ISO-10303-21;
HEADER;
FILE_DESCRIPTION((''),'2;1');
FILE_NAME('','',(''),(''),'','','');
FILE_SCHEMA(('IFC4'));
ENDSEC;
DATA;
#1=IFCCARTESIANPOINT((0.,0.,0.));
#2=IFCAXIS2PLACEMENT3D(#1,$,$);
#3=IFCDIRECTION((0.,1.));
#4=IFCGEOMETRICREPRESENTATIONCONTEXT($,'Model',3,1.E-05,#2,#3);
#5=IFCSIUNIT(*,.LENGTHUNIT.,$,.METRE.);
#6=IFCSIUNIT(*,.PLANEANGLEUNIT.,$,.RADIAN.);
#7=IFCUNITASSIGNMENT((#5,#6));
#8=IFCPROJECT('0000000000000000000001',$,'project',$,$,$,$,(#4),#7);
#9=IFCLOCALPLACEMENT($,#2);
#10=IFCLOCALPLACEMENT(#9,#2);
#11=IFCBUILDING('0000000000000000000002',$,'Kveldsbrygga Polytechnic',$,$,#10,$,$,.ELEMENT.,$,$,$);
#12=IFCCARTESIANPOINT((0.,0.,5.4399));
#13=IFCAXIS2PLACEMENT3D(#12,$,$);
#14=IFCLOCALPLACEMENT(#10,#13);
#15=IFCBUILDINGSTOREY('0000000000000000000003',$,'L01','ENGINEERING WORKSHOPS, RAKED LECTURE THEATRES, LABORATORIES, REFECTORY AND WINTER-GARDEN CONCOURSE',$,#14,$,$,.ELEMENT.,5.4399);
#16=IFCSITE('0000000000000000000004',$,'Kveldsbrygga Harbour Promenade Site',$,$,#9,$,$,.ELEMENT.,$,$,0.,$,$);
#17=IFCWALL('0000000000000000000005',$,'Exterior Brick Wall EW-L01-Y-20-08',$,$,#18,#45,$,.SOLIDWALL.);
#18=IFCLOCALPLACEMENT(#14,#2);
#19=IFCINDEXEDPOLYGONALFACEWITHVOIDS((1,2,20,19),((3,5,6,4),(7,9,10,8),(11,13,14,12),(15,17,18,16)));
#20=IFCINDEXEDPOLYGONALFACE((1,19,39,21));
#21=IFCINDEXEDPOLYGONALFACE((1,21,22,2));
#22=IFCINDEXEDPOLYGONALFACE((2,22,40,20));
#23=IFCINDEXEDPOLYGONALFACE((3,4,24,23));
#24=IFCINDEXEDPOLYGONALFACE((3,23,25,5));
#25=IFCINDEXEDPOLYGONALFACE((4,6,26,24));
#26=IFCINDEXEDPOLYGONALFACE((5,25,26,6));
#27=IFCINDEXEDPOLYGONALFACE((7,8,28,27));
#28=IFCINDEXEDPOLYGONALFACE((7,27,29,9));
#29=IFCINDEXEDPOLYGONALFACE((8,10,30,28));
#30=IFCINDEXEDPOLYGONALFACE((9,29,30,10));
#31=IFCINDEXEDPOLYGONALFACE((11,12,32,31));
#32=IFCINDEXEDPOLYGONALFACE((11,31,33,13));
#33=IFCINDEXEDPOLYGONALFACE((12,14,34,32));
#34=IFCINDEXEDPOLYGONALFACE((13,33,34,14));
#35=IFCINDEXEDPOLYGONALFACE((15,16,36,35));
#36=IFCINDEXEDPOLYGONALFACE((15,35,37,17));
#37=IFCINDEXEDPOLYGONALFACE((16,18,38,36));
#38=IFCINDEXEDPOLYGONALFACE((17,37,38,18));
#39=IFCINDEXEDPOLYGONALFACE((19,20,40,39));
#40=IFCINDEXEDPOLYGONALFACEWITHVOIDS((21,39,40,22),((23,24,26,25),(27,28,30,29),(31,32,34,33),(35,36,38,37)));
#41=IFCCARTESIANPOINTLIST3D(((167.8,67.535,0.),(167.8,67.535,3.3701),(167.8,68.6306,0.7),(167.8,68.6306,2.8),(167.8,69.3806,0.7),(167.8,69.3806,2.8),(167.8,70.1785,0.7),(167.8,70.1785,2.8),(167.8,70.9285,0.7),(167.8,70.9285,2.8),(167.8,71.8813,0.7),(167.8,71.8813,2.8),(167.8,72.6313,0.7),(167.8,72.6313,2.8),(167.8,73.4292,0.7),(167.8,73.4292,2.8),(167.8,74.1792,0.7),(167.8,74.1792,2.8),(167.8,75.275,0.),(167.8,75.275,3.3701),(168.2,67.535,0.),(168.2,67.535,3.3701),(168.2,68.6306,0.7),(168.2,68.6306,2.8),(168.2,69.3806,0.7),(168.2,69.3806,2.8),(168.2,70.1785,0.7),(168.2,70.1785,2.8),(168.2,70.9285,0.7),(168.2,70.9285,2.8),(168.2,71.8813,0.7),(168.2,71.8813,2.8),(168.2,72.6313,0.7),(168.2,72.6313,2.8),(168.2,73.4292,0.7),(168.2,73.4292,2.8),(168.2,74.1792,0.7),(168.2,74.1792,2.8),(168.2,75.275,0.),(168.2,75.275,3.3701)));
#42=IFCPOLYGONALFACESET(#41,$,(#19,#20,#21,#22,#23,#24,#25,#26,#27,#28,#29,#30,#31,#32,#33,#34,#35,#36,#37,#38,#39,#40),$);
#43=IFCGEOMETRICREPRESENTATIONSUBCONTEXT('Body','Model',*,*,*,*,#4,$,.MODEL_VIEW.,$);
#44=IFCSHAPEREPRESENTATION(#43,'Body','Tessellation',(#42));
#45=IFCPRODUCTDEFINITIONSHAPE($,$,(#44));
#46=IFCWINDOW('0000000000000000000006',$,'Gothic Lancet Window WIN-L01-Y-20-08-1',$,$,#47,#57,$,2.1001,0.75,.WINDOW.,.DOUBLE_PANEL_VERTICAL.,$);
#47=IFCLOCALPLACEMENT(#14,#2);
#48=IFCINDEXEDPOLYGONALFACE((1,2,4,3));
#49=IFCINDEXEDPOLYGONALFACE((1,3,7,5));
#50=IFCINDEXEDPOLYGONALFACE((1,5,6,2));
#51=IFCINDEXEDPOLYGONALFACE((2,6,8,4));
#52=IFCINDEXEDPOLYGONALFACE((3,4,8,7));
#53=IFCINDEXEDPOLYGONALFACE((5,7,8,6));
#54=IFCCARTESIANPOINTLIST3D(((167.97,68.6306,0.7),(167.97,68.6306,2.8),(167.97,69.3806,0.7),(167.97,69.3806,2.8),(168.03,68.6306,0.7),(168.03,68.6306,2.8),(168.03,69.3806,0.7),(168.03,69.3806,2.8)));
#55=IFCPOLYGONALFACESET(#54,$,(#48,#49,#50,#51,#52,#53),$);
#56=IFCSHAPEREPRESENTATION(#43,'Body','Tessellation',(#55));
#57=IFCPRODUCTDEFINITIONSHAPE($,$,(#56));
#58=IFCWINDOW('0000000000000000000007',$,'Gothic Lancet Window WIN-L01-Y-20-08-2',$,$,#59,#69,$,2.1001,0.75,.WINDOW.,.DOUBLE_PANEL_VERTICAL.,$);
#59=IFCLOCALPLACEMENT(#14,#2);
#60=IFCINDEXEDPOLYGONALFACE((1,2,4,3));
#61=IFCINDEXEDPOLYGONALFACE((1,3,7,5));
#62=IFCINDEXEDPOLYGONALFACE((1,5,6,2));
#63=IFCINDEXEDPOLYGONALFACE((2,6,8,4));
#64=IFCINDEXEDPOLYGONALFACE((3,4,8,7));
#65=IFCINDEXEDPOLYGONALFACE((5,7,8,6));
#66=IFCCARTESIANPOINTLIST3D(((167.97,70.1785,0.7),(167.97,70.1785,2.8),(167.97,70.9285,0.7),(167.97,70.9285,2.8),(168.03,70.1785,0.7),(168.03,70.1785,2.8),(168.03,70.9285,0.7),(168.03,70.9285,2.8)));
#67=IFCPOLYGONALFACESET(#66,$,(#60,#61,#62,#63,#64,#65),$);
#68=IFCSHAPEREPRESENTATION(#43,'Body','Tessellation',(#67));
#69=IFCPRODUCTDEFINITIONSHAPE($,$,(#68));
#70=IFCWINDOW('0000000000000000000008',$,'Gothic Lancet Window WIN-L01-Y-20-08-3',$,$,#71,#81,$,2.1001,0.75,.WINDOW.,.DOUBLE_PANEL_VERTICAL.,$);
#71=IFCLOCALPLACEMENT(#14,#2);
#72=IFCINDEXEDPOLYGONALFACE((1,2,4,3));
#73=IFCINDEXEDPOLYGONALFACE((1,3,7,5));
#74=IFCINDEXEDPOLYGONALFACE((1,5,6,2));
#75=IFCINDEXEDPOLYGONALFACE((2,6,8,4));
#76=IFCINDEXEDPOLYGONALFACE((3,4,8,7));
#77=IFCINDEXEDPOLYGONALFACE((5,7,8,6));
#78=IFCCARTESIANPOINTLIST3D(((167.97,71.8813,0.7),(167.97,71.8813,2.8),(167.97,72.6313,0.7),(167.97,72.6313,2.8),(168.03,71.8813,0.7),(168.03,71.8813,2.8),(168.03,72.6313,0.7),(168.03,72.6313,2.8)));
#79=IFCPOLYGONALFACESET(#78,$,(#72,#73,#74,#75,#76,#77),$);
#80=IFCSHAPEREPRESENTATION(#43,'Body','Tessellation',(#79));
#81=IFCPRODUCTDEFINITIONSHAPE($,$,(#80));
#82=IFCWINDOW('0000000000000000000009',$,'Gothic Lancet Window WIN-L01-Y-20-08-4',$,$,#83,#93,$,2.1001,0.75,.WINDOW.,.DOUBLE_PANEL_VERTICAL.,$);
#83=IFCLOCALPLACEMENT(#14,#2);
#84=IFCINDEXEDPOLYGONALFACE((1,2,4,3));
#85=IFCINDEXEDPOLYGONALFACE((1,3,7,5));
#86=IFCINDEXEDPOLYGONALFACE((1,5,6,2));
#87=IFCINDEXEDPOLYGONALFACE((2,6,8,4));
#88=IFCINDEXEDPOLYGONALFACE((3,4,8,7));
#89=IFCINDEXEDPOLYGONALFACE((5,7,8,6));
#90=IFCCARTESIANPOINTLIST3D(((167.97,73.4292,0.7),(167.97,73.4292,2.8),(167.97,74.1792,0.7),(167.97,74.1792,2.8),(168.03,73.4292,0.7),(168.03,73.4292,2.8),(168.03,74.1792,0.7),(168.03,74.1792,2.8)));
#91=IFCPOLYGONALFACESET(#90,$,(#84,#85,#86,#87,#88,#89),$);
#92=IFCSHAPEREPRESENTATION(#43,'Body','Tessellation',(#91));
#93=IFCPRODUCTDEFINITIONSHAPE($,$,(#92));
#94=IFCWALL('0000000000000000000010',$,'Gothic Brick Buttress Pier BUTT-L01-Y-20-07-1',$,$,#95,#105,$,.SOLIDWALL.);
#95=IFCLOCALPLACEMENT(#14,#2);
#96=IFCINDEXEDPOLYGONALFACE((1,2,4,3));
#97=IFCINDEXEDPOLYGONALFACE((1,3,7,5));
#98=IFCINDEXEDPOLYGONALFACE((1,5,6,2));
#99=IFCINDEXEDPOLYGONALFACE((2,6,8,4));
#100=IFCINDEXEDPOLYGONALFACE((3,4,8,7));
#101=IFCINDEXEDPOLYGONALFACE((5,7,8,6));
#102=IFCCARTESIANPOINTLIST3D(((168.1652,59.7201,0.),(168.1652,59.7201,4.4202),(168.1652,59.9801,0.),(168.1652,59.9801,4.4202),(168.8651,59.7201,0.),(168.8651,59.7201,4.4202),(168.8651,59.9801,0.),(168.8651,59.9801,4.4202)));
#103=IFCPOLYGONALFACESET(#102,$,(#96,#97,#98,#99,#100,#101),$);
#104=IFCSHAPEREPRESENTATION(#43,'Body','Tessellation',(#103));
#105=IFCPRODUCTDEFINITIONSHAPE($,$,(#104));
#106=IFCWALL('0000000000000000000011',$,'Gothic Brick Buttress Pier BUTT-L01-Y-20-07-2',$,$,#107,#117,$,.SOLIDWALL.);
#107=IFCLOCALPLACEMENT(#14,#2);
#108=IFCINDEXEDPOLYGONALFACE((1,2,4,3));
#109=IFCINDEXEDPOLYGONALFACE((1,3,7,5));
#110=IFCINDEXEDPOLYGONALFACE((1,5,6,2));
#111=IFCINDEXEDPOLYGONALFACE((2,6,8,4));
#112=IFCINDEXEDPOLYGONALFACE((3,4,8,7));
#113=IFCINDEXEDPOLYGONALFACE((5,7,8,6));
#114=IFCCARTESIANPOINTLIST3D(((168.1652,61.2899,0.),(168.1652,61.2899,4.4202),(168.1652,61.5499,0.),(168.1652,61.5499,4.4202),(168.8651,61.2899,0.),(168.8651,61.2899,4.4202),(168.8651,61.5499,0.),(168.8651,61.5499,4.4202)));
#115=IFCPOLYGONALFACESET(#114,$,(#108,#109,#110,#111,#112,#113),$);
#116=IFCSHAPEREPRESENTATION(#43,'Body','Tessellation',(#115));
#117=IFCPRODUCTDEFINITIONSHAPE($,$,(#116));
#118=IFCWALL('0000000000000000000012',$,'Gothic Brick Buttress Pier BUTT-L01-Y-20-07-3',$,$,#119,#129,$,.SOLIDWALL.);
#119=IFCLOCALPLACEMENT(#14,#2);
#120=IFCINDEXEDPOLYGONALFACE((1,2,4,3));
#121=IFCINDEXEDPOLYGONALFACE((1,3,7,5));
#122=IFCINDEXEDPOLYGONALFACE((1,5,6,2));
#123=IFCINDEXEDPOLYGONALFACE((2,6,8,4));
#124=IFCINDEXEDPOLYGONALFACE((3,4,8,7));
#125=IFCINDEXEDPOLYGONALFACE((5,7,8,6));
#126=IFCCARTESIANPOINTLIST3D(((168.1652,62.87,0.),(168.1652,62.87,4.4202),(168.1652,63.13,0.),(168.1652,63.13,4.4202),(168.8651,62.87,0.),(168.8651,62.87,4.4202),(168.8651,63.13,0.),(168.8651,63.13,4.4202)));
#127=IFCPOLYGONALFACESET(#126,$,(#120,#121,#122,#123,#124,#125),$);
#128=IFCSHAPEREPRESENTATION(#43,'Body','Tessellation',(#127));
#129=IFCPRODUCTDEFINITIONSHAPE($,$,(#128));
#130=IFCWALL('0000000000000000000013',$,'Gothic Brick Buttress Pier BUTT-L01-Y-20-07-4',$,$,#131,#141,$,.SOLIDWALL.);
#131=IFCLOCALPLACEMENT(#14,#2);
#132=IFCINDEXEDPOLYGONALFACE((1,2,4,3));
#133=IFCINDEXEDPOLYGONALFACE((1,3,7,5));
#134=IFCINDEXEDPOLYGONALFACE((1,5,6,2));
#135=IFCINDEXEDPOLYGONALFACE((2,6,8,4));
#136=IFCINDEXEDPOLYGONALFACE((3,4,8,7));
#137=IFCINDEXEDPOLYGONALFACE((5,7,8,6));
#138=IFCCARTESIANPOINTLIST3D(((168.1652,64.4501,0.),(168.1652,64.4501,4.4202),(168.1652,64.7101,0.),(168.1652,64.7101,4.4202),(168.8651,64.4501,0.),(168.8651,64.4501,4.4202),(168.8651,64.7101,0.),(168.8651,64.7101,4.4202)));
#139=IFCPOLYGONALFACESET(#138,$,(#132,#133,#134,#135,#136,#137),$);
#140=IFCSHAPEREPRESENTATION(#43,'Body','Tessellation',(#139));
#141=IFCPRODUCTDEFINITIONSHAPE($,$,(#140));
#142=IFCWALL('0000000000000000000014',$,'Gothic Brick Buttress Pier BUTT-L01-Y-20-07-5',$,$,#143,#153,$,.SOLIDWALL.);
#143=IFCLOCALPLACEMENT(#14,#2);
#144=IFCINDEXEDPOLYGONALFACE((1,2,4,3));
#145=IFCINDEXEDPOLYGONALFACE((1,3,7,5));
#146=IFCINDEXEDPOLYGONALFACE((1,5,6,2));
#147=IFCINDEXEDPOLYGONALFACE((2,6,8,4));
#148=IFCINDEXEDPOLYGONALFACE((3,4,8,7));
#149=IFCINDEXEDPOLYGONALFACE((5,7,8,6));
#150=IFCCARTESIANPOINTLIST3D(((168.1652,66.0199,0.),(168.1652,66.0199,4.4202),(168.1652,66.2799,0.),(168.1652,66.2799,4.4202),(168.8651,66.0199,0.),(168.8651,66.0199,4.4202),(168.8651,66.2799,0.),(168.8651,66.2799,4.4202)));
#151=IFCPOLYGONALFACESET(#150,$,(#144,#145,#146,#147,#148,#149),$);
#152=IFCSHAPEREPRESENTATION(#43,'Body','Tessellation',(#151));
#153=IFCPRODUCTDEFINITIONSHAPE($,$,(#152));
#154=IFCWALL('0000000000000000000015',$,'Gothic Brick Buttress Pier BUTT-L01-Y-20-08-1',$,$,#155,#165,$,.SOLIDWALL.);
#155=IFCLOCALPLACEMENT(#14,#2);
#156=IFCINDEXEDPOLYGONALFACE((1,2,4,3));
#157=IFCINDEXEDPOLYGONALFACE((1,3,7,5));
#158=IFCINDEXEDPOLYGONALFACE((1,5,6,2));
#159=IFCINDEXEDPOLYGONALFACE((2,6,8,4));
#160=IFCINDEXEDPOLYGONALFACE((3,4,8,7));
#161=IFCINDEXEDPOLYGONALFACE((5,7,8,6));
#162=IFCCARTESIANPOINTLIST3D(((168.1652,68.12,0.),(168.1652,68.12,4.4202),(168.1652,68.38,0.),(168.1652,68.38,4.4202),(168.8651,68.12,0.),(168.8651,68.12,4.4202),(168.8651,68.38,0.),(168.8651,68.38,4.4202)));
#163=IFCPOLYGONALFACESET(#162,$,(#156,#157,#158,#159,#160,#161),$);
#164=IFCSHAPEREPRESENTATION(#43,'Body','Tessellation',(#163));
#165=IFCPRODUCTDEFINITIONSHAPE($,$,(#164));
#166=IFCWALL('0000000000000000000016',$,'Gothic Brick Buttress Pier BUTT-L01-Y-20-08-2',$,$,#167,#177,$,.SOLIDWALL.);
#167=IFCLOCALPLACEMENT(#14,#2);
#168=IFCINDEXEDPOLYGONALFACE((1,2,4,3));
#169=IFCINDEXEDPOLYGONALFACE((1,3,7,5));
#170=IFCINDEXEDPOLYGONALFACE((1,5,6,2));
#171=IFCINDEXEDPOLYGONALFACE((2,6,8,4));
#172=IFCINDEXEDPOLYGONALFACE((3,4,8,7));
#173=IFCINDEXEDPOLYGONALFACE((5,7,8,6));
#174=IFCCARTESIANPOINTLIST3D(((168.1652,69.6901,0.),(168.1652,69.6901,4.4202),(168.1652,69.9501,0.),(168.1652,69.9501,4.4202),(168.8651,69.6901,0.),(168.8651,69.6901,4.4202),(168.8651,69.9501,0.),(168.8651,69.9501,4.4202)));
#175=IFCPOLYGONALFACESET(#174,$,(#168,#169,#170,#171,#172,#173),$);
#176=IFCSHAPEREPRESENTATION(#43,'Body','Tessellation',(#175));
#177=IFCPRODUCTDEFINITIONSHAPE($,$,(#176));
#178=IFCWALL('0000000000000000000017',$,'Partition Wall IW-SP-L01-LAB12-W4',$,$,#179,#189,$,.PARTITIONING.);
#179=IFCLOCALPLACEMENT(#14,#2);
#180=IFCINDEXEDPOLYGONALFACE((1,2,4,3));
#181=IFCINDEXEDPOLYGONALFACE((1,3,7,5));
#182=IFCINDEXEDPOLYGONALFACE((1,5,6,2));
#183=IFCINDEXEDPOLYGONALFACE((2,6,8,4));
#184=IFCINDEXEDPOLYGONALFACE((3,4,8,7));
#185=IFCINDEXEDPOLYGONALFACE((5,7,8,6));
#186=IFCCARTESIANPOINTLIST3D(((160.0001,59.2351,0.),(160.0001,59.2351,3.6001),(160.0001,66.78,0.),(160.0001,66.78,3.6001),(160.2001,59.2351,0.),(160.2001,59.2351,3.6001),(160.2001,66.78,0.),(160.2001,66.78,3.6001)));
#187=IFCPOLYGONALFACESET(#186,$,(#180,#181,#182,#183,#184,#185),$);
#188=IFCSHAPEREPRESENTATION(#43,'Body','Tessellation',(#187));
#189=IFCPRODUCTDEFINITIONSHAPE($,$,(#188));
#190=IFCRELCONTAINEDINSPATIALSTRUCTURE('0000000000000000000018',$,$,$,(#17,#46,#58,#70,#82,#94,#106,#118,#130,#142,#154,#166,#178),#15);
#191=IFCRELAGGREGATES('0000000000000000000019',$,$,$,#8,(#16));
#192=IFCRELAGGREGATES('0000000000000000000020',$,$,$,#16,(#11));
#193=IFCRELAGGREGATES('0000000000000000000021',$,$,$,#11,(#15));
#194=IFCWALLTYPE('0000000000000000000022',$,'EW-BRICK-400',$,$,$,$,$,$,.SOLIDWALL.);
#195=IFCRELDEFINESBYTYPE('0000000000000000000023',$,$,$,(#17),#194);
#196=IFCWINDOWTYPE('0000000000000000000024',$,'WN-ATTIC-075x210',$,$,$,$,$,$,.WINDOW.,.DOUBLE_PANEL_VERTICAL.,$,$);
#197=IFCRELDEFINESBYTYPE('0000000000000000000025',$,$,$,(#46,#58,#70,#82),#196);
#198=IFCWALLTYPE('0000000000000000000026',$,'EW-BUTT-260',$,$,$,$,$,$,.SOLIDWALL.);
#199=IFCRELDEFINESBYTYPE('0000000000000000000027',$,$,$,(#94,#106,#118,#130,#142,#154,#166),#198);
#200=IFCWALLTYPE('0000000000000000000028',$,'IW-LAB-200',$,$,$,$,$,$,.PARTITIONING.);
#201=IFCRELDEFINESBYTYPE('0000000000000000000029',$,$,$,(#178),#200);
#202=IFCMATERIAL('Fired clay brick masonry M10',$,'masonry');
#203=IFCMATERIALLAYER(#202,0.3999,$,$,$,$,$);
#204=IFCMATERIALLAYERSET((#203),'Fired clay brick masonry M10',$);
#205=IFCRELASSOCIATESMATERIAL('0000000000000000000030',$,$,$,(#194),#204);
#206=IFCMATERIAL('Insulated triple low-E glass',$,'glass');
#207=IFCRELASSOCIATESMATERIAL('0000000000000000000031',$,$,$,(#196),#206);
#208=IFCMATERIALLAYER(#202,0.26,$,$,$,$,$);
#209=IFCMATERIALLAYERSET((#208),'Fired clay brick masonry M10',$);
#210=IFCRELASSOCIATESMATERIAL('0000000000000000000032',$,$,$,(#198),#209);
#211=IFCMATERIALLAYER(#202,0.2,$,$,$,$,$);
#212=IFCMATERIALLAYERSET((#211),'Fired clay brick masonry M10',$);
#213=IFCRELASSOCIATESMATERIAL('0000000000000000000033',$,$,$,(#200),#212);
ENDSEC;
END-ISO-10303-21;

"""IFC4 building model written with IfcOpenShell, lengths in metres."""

from ifc_helpers import new_model, si_unit, direction, frame, frame_2d, origin, place, context, subcontext, project, spatial, rectangle, extrude, material, layer, layer_set, type_object, element, fill, save


model = new_model("IFC4")

# Units and contexts
model_context = context("Model", 3, precision=1e-05, world=origin(), true_north=direction((0.0, 1.0)))
body_context = subcontext(model_context, "Body", "Model", "MODEL_VIEW")
ifc_project = project(units=[si_unit("LENGTHUNIT", "METRE"), si_unit("PLANEANGLEUNIT", "RADIAN")], contexts=[model_context])

# Site, building, storey
site_placement = place(None, origin())
site = spatial("IfcSite", under=ifc_project, at=site_placement, Name="Kveldsbrygga Harbour Promenade Site", CompositionType="ELEMENT", RefElevation=0.0)
building_placement = place(site_placement, origin())
building = spatial("IfcBuilding", under=site, at=building_placement, Name="Kveldsbrygga Polytechnic", CompositionType="ELEMENT")
storey_placement = place(building_placement, frame((0.0, 0.0, 5.4399)))
storey = spatial("IfcBuildingStorey", under=building, at=storey_placement, Name="L01", Description="ENGINEERING WORKSHOPS, RAKED LECTURE THEATRES, LABORATORIES, REFECTORY AND WINTER-GARDEN CONCOURSE", CompositionType="ELEMENT", Elevation=5.4399)

# Wall, openings, windows
ifc_material_1 = material(Name="Fired clay brick masonry M10", Category="masonry")
ifc_material_2 = material(Name="Insulated triple low-E glass", Category="glass")
ifc_layer_1 = layer(ifc_material_1, 0.3999)
ifc_layer_set_1 = layer_set([ifc_layer_1], Name="Fired clay brick masonry M10")
wall_type_1 = type_object("IfcWallType", Name="EW-BRICK-400", PredefinedType="SOLIDWALL", material=ifc_layer_set_1)
wall_1_placement = place(storey_placement, frame((168.0, 67.5349, 0.0), z_axis=(0.0, 0.0, 1.0), x_axis=(0.0, 1.0, 0.0)))
wall_1 = element("IfcWall", 1, at=wall_1_placement, inside=storey, type_object=wall_type_1, Name="Exterior Brick Wall EW-L01-Y-20-08", PredefinedType="SOLIDWALL", context=body_context, shape_type="SweptSolid", body=[
    extrude(rectangle(XDim=7.74, YDim=0.3999, at=frame_2d((3.8701, 0.0))), origin(), (0.0, 0.0, 1.0), 3.3701),
])
opening_1_placement = place(wall_1_placement, frame((1.0957, 0.0, 0.7)))
opening_1 = element("IfcOpeningElement", 2, at=opening_1_placement, cuts=wall_1, PredefinedType="OPENING", context=body_context, shape_type="SweptSolid", body=[
    extrude(rectangle(XDim=0.75, YDim=2.1001, at=frame_2d((0.375, 1.05))), frame((0.0, 0.21, 0.0), z_axis=(0.0, -1.0, 0.0), x_axis=(1.0, 0.0, 0.0)), (0.0, 0.0, 1.0), 0.4199),
])
opening_2_placement = place(wall_1_placement, frame((2.6436, 0.0, 0.7)))
opening_2 = element("IfcOpeningElement", 3, at=opening_2_placement, cuts=wall_1, PredefinedType="OPENING", context=body_context, shape_type="SweptSolid", body=[
    extrude(rectangle(XDim=0.75, YDim=2.1001, at=frame_2d((0.375, 1.05))), frame((0.0, 0.21, 0.0), z_axis=(0.0, -1.0, 0.0), x_axis=(1.0, 0.0, 0.0)), (0.0, 0.0, 1.0), 0.4199),
])
opening_3_placement = place(wall_1_placement, frame((4.3464, 0.0, 0.7)))
opening_3 = element("IfcOpeningElement", 4, at=opening_3_placement, cuts=wall_1, PredefinedType="OPENING", context=body_context, shape_type="SweptSolid", body=[
    extrude(rectangle(XDim=0.75, YDim=2.1001, at=frame_2d((0.375, 1.05))), frame((0.0, 0.21, 0.0), z_axis=(0.0, -1.0, 0.0), x_axis=(1.0, 0.0, 0.0)), (0.0, 0.0, 1.0), 0.4199),
])
opening_4_placement = place(wall_1_placement, frame((5.8943, 0.0, 0.7)))
opening_4 = element("IfcOpeningElement", 5, at=opening_4_placement, cuts=wall_1, PredefinedType="OPENING", context=body_context, shape_type="SweptSolid", body=[
    extrude(rectangle(XDim=0.75, YDim=2.1001, at=frame_2d((0.375, 1.05))), frame((0.0, 0.21, 0.0), z_axis=(0.0, -1.0, 0.0), x_axis=(1.0, 0.0, 0.0)), (0.0, 0.0, 1.0), 0.4199),
])
window_type_1 = type_object("IfcWindowType", Name="WN-ATTIC-075x210", PartitioningType="DOUBLE_PANEL_VERTICAL", PredefinedType="WINDOW", material=ifc_material_2)
window_1_placement = place(opening_1_placement, origin())
window_1 = element("IfcWindow", 6, at=window_1_placement, inside=storey, type_object=window_type_1, Name="Gothic Lancet Window WIN-L01-Y-20-08-1", OverallHeight=2.1001, OverallWidth=0.75, PartitioningType="DOUBLE_PANEL_VERTICAL", PredefinedType="WINDOW", context=body_context, shape_type="SweptSolid", body=[
    extrude(rectangle(XDim=0.75, YDim=2.1001, at=frame_2d((0.375, 1.05))), frame((0.0, 0.03, 0.0), z_axis=(0.0, -1.0, 0.0), x_axis=(1.0, 0.0, 0.0)), (0.0, 0.0, 1.0), 0.0601),
])
fill(opening_1, window_1)
window_2_placement = place(opening_2_placement, origin())
window_2 = element("IfcWindow", 7, at=window_2_placement, inside=storey, type_object=window_type_1, Name="Gothic Lancet Window WIN-L01-Y-20-08-2", OverallHeight=2.1001, OverallWidth=0.75, PartitioningType="DOUBLE_PANEL_VERTICAL", PredefinedType="WINDOW", context=body_context, shape_type="SweptSolid", body=[
    extrude(rectangle(XDim=0.75, YDim=2.1001, at=frame_2d((0.375, 1.05))), frame((0.0, 0.03, 0.0), z_axis=(0.0, -1.0, 0.0), x_axis=(1.0, 0.0, 0.0)), (0.0, 0.0, 1.0), 0.0601),
])
fill(opening_2, window_2)
window_3_placement = place(opening_3_placement, origin())
window_3 = element("IfcWindow", 8, at=window_3_placement, inside=storey, type_object=window_type_1, Name="Gothic Lancet Window WIN-L01-Y-20-08-3", OverallHeight=2.1001, OverallWidth=0.75, PartitioningType="DOUBLE_PANEL_VERTICAL", PredefinedType="WINDOW", context=body_context, shape_type="SweptSolid", body=[
    extrude(rectangle(XDim=0.75, YDim=2.1001, at=frame_2d((0.375, 1.05))), frame((0.0, 0.03, 0.0), z_axis=(0.0, -1.0, 0.0), x_axis=(1.0, 0.0, 0.0)), (0.0, 0.0, 1.0), 0.0601),
])
fill(opening_3, window_3)
window_4_placement = place(opening_4_placement, origin())
window_4 = element("IfcWindow", 9, at=window_4_placement, inside=storey, type_object=window_type_1, Name="Gothic Lancet Window WIN-L01-Y-20-08-4", OverallHeight=2.1001, OverallWidth=0.75, PartitioningType="DOUBLE_PANEL_VERTICAL", PredefinedType="WINDOW", context=body_context, shape_type="SweptSolid", body=[
    extrude(rectangle(XDim=0.75, YDim=2.1001, at=frame_2d((0.375, 1.05))), frame((0.0, 0.03, 0.0), z_axis=(0.0, -1.0, 0.0), x_axis=(1.0, 0.0, 0.0)), (0.0, 0.0, 1.0), 0.0601),
])
fill(opening_4, window_4)

# Walls
ifc_layer_2 = layer(ifc_material_1, 0.26)
ifc_layer_set_2 = layer_set([ifc_layer_2], Name="Fired clay brick masonry M10")
wall_type_2 = type_object("IfcWallType", Name="EW-BUTT-260", PredefinedType="SOLIDWALL", material=ifc_layer_set_2)
for number, where, z_axis, x_axis, name in (
    (10, (168.165, 59.8501, 0.0), (0.0, 0.0, 1.0), (1.0, 0.0, 0.0), "Gothic Brick Buttress Pier BUTT-L01-Y-20-07-1"),
    (11, (168.165, 61.4199, 0.0), (0.0, 0.0, 1.0), (1.0, 0.0, 0.0), "Gothic Brick Buttress Pier BUTT-L01-Y-20-07-2"),
    (12, (168.165, 63.0, 0.0), (0.0, 0.0, 1.0), (1.0, 0.0, 0.0), "Gothic Brick Buttress Pier BUTT-L01-Y-20-07-3"),
    (13, (168.165, 64.5801, 0.0), (0.0, 0.0, 1.0), (1.0, 0.0, 0.0), "Gothic Brick Buttress Pier BUTT-L01-Y-20-07-4"),
    (14, (168.165, 66.1499, 0.0), (0.0, 0.0, 1.0), (1.0, 0.0, 0.0), "Gothic Brick Buttress Pier BUTT-L01-Y-20-07-5"),
    (15, (168.165, 68.25, 0.0), (0.0, 0.0, 1.0), (1.0, 0.0, 0.0), "Gothic Brick Buttress Pier BUTT-L01-Y-20-08-1"),
    (16, (168.165, 69.8201, 0.0), (0.0, 0.0, 1.0), (1.0, 0.0, 0.0), "Gothic Brick Buttress Pier BUTT-L01-Y-20-08-2"),
):
    element("IfcWall", number, at=place(storey_placement, frame(where, z_axis=z_axis, x_axis=x_axis)), inside=storey, type_object=wall_type_2, Name=name, PredefinedType="SOLIDWALL", context=body_context, shape_type="SweptSolid", body=[
        extrude(rectangle(XDim=0.7, YDim=0.26, at=frame_2d((0.3501, 0.0))), origin(), (0.0, 0.0, 1.0), 4.4202),
    ])
ifc_layer_3 = layer(ifc_material_1, 0.2)
ifc_layer_set_3 = layer_set([ifc_layer_3], Name="Fired clay brick masonry M10")
wall_type_3 = type_object("IfcWallType", Name="IW-LAB-200", PredefinedType="PARTITIONING", material=ifc_layer_set_3)
wall_2_placement = place(storey_placement, frame((160.1001, 59.2351, 0.0), z_axis=(0.0, 0.0, 1.0), x_axis=(0.0, 1.0, 0.0)))
element("IfcWall", 17, at=wall_2_placement, inside=storey, type_object=wall_type_3, Name="Partition Wall IW-SP-L01-LAB12-W4", PredefinedType="PARTITIONING", context=body_context, shape_type="SweptSolid", body=[
    extrude(rectangle(XDim=7.5449, YDim=0.2, at=frame_2d((3.7725, 0.0))), origin(), (0.0, 0.0, 1.0), 3.6001),
])

save(model, "model.ifc")
